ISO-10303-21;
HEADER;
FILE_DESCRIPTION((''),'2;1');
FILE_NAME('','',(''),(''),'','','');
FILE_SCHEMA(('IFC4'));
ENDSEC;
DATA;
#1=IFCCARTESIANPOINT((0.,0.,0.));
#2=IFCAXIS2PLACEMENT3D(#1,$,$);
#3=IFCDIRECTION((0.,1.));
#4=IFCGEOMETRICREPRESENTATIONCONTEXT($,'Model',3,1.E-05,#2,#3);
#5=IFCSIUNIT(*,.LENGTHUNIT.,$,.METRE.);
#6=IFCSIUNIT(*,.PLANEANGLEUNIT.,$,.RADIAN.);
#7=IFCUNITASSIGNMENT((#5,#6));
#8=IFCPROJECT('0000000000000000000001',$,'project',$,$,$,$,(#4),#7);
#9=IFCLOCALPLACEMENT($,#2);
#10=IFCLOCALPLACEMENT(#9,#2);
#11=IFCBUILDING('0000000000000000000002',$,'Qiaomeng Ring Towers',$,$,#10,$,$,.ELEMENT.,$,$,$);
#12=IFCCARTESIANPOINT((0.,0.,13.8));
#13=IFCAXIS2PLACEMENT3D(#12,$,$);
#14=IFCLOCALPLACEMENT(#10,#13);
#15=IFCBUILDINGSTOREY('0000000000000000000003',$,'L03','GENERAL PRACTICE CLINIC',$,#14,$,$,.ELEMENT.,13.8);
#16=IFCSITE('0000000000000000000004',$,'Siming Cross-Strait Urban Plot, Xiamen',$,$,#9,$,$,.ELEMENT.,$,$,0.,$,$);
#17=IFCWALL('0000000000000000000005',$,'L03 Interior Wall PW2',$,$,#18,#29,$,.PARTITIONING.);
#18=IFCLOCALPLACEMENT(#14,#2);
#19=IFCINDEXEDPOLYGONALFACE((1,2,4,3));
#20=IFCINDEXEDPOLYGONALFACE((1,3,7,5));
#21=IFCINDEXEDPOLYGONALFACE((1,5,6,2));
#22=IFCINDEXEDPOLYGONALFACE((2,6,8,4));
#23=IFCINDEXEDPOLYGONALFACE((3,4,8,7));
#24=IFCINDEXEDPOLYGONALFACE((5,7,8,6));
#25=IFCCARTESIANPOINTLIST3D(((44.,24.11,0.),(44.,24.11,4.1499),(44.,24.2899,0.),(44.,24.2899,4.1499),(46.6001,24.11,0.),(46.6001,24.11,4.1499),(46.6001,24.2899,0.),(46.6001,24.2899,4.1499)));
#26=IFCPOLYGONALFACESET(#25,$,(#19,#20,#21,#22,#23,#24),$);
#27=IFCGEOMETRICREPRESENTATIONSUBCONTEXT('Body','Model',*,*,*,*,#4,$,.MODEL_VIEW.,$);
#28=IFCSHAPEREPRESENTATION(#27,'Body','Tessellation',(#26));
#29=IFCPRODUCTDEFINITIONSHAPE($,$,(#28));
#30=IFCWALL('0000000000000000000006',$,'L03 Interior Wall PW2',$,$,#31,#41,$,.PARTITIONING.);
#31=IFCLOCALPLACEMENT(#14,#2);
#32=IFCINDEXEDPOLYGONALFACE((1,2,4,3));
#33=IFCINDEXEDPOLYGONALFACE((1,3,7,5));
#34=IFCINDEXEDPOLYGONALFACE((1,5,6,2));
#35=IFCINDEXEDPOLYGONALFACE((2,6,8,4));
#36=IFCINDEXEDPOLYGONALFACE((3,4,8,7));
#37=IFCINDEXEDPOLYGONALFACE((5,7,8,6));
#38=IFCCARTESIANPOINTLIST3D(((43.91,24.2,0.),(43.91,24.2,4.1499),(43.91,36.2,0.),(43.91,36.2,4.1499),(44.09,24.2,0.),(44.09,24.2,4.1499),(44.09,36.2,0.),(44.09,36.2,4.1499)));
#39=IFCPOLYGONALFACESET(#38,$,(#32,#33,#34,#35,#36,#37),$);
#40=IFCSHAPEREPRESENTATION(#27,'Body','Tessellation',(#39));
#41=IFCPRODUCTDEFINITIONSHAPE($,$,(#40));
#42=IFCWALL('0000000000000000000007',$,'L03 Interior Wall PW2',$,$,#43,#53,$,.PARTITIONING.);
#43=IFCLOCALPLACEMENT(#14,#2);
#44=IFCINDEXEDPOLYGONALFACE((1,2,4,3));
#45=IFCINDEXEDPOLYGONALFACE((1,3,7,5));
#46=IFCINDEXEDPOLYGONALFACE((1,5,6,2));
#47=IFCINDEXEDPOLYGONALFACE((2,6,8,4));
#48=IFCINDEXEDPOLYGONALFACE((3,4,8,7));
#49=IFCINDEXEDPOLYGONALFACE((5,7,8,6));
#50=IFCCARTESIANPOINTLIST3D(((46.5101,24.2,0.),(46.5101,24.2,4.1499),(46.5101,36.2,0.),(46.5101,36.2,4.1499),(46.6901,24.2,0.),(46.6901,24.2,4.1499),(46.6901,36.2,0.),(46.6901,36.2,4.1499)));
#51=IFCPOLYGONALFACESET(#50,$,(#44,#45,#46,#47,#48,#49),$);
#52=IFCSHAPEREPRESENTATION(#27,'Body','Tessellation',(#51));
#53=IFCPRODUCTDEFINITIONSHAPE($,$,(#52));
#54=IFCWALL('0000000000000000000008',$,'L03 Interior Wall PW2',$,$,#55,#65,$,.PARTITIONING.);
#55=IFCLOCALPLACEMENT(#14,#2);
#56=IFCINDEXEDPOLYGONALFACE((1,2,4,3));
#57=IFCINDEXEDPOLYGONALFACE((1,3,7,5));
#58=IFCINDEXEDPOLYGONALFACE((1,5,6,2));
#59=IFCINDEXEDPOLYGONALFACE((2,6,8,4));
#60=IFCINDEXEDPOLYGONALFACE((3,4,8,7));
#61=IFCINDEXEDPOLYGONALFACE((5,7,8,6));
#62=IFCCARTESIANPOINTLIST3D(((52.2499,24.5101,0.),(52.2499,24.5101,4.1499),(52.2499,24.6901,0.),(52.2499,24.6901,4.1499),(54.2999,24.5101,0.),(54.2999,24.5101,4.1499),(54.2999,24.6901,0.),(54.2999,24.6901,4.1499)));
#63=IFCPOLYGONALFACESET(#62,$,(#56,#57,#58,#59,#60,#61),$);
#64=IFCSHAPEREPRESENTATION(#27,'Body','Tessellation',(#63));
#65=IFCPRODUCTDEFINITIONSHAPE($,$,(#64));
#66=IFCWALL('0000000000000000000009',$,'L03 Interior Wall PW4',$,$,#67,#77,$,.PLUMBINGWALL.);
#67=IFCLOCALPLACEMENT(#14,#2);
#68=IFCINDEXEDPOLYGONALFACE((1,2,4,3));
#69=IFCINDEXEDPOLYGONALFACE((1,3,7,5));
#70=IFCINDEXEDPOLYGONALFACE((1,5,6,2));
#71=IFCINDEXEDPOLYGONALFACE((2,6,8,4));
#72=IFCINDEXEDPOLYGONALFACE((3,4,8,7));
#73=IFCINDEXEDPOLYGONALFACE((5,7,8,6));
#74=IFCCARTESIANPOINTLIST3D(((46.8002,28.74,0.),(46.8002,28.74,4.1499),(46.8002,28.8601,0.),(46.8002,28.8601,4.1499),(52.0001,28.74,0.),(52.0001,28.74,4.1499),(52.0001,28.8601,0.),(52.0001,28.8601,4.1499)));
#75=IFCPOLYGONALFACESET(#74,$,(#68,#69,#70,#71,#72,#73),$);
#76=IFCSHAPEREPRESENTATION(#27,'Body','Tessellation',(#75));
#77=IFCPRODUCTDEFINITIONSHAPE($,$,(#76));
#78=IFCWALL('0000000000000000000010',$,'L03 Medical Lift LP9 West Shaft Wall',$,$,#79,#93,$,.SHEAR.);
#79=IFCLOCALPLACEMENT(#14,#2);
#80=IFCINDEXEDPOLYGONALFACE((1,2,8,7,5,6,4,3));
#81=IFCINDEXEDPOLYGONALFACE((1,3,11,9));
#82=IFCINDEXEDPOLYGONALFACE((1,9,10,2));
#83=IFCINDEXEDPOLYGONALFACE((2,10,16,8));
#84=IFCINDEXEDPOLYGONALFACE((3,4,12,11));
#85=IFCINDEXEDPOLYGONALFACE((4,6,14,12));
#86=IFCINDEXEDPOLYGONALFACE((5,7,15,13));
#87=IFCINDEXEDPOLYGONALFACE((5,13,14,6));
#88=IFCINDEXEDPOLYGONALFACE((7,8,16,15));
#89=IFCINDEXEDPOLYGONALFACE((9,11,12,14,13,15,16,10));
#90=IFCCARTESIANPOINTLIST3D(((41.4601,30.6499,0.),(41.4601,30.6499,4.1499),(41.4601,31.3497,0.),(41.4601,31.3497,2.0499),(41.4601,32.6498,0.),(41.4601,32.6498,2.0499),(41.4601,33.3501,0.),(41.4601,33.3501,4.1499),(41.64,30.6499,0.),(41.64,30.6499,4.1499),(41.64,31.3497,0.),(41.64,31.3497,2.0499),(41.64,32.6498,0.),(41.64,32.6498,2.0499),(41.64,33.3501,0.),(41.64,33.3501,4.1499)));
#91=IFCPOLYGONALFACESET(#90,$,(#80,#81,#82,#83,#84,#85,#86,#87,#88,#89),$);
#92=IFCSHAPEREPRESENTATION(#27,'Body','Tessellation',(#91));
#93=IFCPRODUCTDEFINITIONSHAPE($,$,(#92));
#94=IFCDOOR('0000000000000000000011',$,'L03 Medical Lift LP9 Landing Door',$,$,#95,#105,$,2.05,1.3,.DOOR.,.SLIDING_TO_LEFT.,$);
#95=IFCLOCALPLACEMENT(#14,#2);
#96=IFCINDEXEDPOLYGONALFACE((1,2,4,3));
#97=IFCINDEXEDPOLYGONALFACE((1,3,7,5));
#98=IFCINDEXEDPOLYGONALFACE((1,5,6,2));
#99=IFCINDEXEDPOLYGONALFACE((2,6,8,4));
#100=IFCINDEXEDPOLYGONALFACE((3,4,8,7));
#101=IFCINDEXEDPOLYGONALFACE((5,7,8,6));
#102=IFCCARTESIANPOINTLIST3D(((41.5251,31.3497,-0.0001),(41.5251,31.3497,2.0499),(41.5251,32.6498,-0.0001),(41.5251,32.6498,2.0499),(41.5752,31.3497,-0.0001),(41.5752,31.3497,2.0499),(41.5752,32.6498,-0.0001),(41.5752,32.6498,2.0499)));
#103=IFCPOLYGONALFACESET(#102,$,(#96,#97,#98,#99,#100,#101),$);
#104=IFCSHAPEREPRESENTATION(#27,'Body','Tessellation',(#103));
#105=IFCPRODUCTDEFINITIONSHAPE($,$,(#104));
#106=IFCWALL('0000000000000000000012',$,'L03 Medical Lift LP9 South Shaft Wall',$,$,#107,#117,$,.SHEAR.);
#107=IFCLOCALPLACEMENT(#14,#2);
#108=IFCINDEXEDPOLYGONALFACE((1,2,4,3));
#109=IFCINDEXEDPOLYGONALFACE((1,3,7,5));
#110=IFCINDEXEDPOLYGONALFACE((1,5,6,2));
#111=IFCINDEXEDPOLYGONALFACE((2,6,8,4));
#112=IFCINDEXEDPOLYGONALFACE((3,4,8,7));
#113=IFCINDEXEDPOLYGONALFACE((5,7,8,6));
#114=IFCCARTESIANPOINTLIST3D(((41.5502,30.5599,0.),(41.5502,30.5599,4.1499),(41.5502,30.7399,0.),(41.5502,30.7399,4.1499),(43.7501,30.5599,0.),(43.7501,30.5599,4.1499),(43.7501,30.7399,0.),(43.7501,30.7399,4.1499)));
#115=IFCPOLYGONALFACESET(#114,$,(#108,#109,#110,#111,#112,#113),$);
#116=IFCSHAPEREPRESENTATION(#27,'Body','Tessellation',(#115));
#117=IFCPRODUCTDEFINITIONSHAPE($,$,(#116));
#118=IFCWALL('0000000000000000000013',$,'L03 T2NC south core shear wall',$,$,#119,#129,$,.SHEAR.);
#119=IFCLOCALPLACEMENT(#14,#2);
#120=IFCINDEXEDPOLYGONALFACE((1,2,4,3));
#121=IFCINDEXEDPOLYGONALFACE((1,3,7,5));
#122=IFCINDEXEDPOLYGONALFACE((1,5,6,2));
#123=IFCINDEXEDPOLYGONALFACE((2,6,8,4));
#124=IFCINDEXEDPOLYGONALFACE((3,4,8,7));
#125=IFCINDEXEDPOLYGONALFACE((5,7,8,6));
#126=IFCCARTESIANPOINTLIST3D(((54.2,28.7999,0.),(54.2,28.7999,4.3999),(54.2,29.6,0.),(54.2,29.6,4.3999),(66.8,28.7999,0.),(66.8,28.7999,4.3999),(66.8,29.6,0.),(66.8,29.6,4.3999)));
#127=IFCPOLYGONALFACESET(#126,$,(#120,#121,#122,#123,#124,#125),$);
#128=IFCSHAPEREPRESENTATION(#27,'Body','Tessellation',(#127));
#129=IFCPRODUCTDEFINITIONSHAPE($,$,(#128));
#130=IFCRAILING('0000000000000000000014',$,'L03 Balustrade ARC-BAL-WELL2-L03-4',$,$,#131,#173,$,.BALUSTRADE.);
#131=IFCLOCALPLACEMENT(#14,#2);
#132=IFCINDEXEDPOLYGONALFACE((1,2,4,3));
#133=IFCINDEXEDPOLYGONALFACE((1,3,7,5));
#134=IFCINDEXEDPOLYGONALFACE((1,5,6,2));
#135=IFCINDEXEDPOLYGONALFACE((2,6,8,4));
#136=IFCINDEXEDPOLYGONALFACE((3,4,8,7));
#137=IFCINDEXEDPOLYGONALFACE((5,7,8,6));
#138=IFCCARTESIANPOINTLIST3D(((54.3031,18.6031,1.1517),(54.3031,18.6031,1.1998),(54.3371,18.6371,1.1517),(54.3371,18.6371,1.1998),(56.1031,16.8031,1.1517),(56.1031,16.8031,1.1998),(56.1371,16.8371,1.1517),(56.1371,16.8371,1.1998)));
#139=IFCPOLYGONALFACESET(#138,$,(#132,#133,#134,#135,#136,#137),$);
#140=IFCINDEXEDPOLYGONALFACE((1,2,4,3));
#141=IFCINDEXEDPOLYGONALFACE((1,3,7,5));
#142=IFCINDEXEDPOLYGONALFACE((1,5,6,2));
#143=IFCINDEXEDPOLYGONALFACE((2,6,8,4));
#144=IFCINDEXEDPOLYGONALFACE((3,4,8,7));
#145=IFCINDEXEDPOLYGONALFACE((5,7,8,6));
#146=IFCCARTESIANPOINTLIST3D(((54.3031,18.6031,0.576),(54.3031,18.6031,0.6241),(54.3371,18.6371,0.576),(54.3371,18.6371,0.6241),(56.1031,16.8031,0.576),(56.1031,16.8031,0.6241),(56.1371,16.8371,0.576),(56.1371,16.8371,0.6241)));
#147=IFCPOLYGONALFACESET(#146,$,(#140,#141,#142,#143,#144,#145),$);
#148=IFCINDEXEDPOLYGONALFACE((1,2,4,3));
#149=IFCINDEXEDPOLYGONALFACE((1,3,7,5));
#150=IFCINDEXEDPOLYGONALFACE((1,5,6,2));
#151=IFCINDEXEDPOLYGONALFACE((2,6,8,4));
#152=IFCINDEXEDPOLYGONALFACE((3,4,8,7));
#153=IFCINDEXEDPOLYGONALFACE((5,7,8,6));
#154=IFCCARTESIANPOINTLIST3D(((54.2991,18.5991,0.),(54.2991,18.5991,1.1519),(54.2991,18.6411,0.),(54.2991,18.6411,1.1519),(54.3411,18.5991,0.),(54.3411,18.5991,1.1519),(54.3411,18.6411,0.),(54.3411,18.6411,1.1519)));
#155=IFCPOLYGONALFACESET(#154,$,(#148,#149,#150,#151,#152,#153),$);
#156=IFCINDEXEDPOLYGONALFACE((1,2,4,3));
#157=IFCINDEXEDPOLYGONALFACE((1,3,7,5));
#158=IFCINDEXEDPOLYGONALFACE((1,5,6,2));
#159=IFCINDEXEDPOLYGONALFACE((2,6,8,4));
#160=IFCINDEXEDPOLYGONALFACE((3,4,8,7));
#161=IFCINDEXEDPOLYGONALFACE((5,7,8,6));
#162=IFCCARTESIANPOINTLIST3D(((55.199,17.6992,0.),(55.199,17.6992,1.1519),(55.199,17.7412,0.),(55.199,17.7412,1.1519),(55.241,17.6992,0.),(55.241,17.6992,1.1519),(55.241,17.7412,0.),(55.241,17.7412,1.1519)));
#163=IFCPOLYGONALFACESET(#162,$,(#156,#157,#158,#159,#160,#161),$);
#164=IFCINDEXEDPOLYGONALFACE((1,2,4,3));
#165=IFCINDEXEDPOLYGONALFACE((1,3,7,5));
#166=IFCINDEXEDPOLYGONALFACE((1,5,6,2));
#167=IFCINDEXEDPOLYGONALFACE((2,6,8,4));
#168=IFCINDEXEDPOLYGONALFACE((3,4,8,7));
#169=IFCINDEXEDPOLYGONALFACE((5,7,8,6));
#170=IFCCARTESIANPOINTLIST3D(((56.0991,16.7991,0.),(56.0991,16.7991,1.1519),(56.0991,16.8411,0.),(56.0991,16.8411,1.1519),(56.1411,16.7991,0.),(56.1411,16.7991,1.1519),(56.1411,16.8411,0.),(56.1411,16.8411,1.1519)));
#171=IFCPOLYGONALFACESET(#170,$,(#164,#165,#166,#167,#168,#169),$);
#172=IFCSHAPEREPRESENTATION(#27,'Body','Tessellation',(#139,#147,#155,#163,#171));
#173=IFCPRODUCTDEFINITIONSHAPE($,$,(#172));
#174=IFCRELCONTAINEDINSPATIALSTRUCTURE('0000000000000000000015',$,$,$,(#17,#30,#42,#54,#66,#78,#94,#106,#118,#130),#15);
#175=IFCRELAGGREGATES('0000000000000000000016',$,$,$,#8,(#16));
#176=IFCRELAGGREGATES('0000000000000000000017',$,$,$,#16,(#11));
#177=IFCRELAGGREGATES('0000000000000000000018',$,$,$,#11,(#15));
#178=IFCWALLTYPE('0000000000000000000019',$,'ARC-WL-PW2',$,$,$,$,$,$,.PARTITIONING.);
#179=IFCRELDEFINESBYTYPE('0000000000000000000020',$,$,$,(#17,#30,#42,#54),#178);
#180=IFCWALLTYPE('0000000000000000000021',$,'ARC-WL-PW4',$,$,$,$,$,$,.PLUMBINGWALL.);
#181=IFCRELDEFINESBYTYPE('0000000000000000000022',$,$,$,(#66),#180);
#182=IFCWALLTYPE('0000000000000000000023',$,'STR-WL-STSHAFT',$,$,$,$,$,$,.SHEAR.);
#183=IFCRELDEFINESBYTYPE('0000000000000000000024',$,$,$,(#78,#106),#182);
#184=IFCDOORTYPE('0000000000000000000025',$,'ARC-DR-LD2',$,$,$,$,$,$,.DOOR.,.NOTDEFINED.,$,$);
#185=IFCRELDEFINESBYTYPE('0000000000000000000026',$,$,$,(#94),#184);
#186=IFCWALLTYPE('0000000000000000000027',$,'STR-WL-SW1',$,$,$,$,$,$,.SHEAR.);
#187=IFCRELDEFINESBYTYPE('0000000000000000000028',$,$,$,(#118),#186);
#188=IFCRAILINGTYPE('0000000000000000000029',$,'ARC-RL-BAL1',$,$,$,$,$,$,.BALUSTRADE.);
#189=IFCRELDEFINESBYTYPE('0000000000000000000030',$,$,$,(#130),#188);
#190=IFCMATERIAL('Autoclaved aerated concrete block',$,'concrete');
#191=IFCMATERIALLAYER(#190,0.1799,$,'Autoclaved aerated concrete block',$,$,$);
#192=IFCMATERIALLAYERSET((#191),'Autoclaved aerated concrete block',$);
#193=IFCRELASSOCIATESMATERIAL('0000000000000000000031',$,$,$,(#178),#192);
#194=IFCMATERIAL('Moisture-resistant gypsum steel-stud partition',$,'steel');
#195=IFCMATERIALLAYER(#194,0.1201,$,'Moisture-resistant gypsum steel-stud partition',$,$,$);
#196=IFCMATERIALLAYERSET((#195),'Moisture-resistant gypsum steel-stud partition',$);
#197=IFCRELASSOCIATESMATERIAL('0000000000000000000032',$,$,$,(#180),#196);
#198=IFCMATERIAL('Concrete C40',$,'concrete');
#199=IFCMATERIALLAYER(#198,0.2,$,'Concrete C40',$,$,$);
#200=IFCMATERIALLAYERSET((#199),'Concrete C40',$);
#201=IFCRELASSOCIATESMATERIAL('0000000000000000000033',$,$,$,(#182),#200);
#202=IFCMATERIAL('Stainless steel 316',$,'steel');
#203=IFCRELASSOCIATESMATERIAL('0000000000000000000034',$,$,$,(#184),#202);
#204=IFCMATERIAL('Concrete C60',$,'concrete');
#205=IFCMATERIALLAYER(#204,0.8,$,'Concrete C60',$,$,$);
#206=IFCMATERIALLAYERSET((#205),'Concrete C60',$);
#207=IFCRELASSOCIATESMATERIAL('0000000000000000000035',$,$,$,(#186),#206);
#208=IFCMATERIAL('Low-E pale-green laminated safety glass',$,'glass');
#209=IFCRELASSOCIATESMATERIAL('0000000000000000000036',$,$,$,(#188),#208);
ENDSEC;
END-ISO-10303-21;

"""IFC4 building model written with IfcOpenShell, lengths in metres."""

from ifc_helpers import new_model, si_unit, direction, frame, frame_2d, origin, origin_2d, place, context, subcontext, project, spatial, rectangle, extrude, source, transform, mapped, material, layer, layer_set, type_object, element, fill, save


model = new_model("IFC4")

# Units and contexts
model_context = context("Model", 3, precision=1e-05, world=origin(), true_north=direction((0.0, 1.0)))
body_context = subcontext(model_context, "Body", "Model", "MODEL_VIEW")
ifc_project = project(units=[si_unit("LENGTHUNIT", "METRE"), si_unit("PLANEANGLEUNIT", "RADIAN")], contexts=[model_context])

# Site, building, storey
site_placement = place(None, origin())
site = spatial("IfcSite", under=ifc_project, at=site_placement, Name="Siming Cross-Strait Urban Plot, Xiamen", CompositionType="ELEMENT", RefElevation=0.0)
building_placement = place(site_placement, origin())
building = spatial("IfcBuilding", under=site, at=building_placement, Name="Qiaomeng Ring Towers", CompositionType="ELEMENT")
storey_placement = place(building_placement, frame((0.0, 0.0, 13.8)))
storey = spatial("IfcBuildingStorey", under=building, at=storey_placement, Name="L03", Description="GENERAL PRACTICE CLINIC", CompositionType="ELEMENT", Elevation=13.8)

# Shared definitions
ifc_material_1 = material(Name="Concrete C60", Category="concrete")

# Shared definitions
ifc_material_2 = material(Name="Autoclaved aerated concrete block", Category="concrete")
ifc_layer_1 = layer(ifc_material_2, 0.1799, Name="Autoclaved aerated concrete block")
ifc_layer_set_1 = layer_set([ifc_layer_1], Name="Autoclaved aerated concrete block")
wall_type_1 = type_object("IfcWallType", Name="ARC-WL-PW2", PredefinedType="PARTITIONING", material=ifc_layer_set_1)

# Walls
wall_1_placement = place(storey_placement, frame((44.0, 24.2, 0.0), z_axis=(0.0, 0.0, 1.0), x_axis=(1.0, 0.0, 0.0)))
element("IfcWall", 1, at=wall_1_placement, inside=storey, type_object=wall_type_1, Name="L03 Interior Wall PW2", PredefinedType="PARTITIONING", context=body_context, shape_type="SweptSolid", body=[
    extrude(rectangle(XDim=2.6001, YDim=0.1799, at=frame_2d((1.3, 0.0))), origin(), (0.0, 0.0, 1.0), 4.1499),
])
for number, where, z_axis, x_axis, name in (
    (2, (44.0, 24.2, 0.0), (0.0, 0.0, 1.0), (0.0, 1.0, 0.0), "L03 Interior Wall PW2"),
    (3, (46.6001, 24.2, 0.0), (0.0, 0.0, 1.0), (0.0, 1.0, 0.0), "L03 Interior Wall PW2"),
):
    element("IfcWall", number, at=place(storey_placement, frame(where, z_axis=z_axis, x_axis=x_axis)), inside=storey, type_object=wall_type_1, Name=name, PredefinedType="PARTITIONING", context=body_context, shape_type="SweptSolid", body=[
        extrude(rectangle(XDim=12.0, YDim=0.1799, at=frame_2d((6.0, 0.0))), origin(), (0.0, 0.0, 1.0), 4.1499),
    ])
wall_2_placement = place(storey_placement, frame((52.25, 24.6001, 0.0), z_axis=(0.0, 0.0, 1.0), x_axis=(1.0, 0.0, 0.0)))
element("IfcWall", 4, at=wall_2_placement, inside=storey, type_object=wall_type_1, Name="L03 Interior Wall PW2", PredefinedType="PARTITIONING", context=body_context, shape_type="SweptSolid", body=[
    extrude(rectangle(XDim=2.05, YDim=0.1799, at=frame_2d((1.0249, 0.0))), origin(), (0.0, 0.0, 1.0), 4.1499),
])
ifc_material_3 = material(Name="Moisture-resistant gypsum steel-stud partition", Category="steel")
ifc_layer_2 = layer(ifc_material_3, 0.1201, Name="Moisture-resistant gypsum steel-stud partition")
ifc_layer_set_2 = layer_set([ifc_layer_2], Name="Moisture-resistant gypsum steel-stud partition")
wall_type_2 = type_object("IfcWallType", Name="ARC-WL-PW4", PredefinedType="PLUMBINGWALL", material=ifc_layer_set_2)
wall_3_placement = place(storey_placement, frame((46.8, 28.8, 0.0), z_axis=(0.0, 0.0, 1.0), x_axis=(1.0, 0.0, 0.0)))
element("IfcWall", 5, at=wall_3_placement, inside=storey, type_object=wall_type_2, Name="L03 Interior Wall PW4", PredefinedType="PLUMBINGWALL", context=body_context, shape_type="SweptSolid", body=[
    extrude(rectangle(XDim=5.2, YDim=0.1201, at=frame_2d((2.6001, 0.0))), origin(), (0.0, 0.0, 1.0), 4.1499),
])

# Wall, opening, door
ifc_material_4 = material(Name="Concrete C40", Category="concrete")
ifc_layer_3 = layer(ifc_material_4, 0.2, Name="Concrete C40")
ifc_layer_set_3 = layer_set([ifc_layer_3], Name="Concrete C40")
wall_type_3 = type_object("IfcWallType", Name="STR-WL-STSHAFT", PredefinedType="SHEAR", material=ifc_layer_set_3)
wall_4_placement = place(storey_placement, frame((41.55, 30.6499, 0.0), z_axis=(0.0, 0.0, 1.0), x_axis=(0.0, 1.0, 0.0)))
wall_4 = element("IfcWall", 6, at=wall_4_placement, inside=storey, type_object=wall_type_3, Name="L03 Medical Lift LP9 West Shaft Wall", PredefinedType="SHEAR", context=body_context, shape_type="SweptSolid", body=[
    extrude(rectangle(XDim=2.7002, YDim=0.1799, at=frame_2d((1.3501, 0.0))), origin(), (0.0, 0.0, 1.0), 4.1499),
])
opening_1_placement = place(wall_4_placement, frame((0.7, 0.0, 0.0)))
opening_1 = element("IfcOpeningElement", 7, at=opening_1_placement, cuts=wall_4, PredefinedType="OPENING", context=body_context, shape_type="SweptSolid", body=[
    extrude(rectangle(XDim=1.3, YDim=2.05, at=frame_2d((0.6499, 1.0249))), frame((0.0, 0.0999, 0.0), z_axis=(0.0, -1.0, 0.0), x_axis=(1.0, 0.0, 0.0)), (0.0, 0.0, 1.0), 0.2),
])
ifc_material_5 = material(Name="Stainless steel 316", Category="steel")
door_type_1 = type_object("IfcDoorType", Name="ARC-DR-LD2", OperationType="NOTDEFINED", PredefinedType="DOOR", material=ifc_material_5)
shared_shape_1 = source(origin(), body_context, "Body", "SweptSolid", [
    extrude(rectangle(XDim=1.3, YDim=2.05, at=frame_2d((0.6499, 1.0249))), frame((0.0, 0.0249, 0.0), z_axis=(0.0, -1.0, 0.0), x_axis=(1.0, 0.0, 0.0)), (0.0, 0.0, 1.0), 0.05),
])
door_1_placement = place(opening_1_placement, origin())
door_1 = element("IfcDoor", 8, at=door_1_placement, inside=storey, type_object=door_type_1, Name="L03 Medical Lift LP9 Landing Door", OperationType="SLIDING_TO_LEFT", OverallHeight=2.05, OverallWidth=1.3, PredefinedType="DOOR", context=body_context, shape_type="MappedRepresentation", body=[
    mapped(shared_shape_1, transform((0.0, 0.0, 0.0), x_axis=(1.0, 0.0, 0.0), y_axis=(0.0, 1.0, 0.0), z_axis=(0.0, 0.0, 1.0), scale=1.0)),
])
fill(opening_1, door_1)

# Walls
wall_5_placement = place(storey_placement, frame((41.55, 30.6499, 0.0), z_axis=(0.0, 0.0, 1.0), x_axis=(1.0, 0.0, 0.0)))
element("IfcWall", 9, at=wall_5_placement, inside=storey, type_object=wall_type_3, Name="L03 Medical Lift LP9 South Shaft Wall", PredefinedType="SHEAR", context=body_context, shape_type="SweptSolid", body=[
    extrude(rectangle(XDim=2.2, YDim=0.1799, at=frame_2d((1.1001, 0.0))), origin(), (0.0, 0.0, 1.0), 4.1499),
])
ifc_layer_4 = layer(ifc_material_1, 0.8, Name="Concrete C60")
ifc_layer_set_4 = layer_set([ifc_layer_4], Name="Concrete C60")
wall_type_4 = type_object("IfcWallType", Name="STR-WL-SW1", PredefinedType="SHEAR", material=ifc_layer_set_4)
wall_6_placement = place(storey_placement, frame((54.2, 29.2, 0.0), z_axis=(0.0, 0.0, 1.0), x_axis=(1.0, 0.0, 0.0)))
element("IfcWall", 10, at=wall_6_placement, inside=storey, type_object=wall_type_4, Name="L03 T2NC south core shear wall", PredefinedType="SHEAR", context=body_context, shape_type="SweptSolid", body=[
    extrude(rectangle(XDim=12.6001, YDim=0.8, at=frame_2d((6.3, 0.0))), origin(), (0.0, 0.0, 1.0), 4.3999),
])

# Railing
ifc_material_6 = material(Name="Low-E pale-green laminated safety glass", Category="glass")
railing_type = type_object("IfcRailingType", Name="ARC-RL-BAL1", PredefinedType="BALUSTRADE", material=ifc_material_6)
railing_placement = place(storey_placement, frame((54.3201, 18.6201, 0.0)))
element("IfcRailing", 11, at=railing_placement, inside=storey, type_object=railing_type, Name="L03 Balustrade ARC-BAL-WELL2-L03-4", PredefinedType="BALUSTRADE", context=body_context, shape_type="SweptSolid", body=[
    extrude(rectangle(XDim=0.0481, YDim=0.0481, at=origin_2d()), frame((0.0, 0.0, 1.1758), z_axis=(0.707107, -0.707107, 0.0), x_axis=(0.707107, 0.707107, 0.0)), (0.0, 0.0, 1.0), 2.5457),
    extrude(rectangle(XDim=0.0481, YDim=0.0481, at=origin_2d()), frame((0.0, 0.0, 0.6001), z_axis=(0.707107, -0.707107, 0.0), x_axis=(0.707107, 0.707107, 0.0)), (0.0, 0.0, 1.0), 2.5457),
    extrude(rectangle(XDim=0.042, YDim=0.042, at=origin_2d()), origin(), (0.0, 0.0, 1.0), 1.1519),
    extrude(rectangle(XDim=0.042, YDim=0.042, at=origin_2d()), frame((0.8999, -0.8999, 0.0)), (0.0, 0.0, 1.0), 1.1519),
    extrude(rectangle(XDim=0.042, YDim=0.042, at=origin_2d()), frame((1.8, -1.8, 0.0)), (0.0, 0.0, 1.0), 1.1519),
])

save(model, "model.ifc")
